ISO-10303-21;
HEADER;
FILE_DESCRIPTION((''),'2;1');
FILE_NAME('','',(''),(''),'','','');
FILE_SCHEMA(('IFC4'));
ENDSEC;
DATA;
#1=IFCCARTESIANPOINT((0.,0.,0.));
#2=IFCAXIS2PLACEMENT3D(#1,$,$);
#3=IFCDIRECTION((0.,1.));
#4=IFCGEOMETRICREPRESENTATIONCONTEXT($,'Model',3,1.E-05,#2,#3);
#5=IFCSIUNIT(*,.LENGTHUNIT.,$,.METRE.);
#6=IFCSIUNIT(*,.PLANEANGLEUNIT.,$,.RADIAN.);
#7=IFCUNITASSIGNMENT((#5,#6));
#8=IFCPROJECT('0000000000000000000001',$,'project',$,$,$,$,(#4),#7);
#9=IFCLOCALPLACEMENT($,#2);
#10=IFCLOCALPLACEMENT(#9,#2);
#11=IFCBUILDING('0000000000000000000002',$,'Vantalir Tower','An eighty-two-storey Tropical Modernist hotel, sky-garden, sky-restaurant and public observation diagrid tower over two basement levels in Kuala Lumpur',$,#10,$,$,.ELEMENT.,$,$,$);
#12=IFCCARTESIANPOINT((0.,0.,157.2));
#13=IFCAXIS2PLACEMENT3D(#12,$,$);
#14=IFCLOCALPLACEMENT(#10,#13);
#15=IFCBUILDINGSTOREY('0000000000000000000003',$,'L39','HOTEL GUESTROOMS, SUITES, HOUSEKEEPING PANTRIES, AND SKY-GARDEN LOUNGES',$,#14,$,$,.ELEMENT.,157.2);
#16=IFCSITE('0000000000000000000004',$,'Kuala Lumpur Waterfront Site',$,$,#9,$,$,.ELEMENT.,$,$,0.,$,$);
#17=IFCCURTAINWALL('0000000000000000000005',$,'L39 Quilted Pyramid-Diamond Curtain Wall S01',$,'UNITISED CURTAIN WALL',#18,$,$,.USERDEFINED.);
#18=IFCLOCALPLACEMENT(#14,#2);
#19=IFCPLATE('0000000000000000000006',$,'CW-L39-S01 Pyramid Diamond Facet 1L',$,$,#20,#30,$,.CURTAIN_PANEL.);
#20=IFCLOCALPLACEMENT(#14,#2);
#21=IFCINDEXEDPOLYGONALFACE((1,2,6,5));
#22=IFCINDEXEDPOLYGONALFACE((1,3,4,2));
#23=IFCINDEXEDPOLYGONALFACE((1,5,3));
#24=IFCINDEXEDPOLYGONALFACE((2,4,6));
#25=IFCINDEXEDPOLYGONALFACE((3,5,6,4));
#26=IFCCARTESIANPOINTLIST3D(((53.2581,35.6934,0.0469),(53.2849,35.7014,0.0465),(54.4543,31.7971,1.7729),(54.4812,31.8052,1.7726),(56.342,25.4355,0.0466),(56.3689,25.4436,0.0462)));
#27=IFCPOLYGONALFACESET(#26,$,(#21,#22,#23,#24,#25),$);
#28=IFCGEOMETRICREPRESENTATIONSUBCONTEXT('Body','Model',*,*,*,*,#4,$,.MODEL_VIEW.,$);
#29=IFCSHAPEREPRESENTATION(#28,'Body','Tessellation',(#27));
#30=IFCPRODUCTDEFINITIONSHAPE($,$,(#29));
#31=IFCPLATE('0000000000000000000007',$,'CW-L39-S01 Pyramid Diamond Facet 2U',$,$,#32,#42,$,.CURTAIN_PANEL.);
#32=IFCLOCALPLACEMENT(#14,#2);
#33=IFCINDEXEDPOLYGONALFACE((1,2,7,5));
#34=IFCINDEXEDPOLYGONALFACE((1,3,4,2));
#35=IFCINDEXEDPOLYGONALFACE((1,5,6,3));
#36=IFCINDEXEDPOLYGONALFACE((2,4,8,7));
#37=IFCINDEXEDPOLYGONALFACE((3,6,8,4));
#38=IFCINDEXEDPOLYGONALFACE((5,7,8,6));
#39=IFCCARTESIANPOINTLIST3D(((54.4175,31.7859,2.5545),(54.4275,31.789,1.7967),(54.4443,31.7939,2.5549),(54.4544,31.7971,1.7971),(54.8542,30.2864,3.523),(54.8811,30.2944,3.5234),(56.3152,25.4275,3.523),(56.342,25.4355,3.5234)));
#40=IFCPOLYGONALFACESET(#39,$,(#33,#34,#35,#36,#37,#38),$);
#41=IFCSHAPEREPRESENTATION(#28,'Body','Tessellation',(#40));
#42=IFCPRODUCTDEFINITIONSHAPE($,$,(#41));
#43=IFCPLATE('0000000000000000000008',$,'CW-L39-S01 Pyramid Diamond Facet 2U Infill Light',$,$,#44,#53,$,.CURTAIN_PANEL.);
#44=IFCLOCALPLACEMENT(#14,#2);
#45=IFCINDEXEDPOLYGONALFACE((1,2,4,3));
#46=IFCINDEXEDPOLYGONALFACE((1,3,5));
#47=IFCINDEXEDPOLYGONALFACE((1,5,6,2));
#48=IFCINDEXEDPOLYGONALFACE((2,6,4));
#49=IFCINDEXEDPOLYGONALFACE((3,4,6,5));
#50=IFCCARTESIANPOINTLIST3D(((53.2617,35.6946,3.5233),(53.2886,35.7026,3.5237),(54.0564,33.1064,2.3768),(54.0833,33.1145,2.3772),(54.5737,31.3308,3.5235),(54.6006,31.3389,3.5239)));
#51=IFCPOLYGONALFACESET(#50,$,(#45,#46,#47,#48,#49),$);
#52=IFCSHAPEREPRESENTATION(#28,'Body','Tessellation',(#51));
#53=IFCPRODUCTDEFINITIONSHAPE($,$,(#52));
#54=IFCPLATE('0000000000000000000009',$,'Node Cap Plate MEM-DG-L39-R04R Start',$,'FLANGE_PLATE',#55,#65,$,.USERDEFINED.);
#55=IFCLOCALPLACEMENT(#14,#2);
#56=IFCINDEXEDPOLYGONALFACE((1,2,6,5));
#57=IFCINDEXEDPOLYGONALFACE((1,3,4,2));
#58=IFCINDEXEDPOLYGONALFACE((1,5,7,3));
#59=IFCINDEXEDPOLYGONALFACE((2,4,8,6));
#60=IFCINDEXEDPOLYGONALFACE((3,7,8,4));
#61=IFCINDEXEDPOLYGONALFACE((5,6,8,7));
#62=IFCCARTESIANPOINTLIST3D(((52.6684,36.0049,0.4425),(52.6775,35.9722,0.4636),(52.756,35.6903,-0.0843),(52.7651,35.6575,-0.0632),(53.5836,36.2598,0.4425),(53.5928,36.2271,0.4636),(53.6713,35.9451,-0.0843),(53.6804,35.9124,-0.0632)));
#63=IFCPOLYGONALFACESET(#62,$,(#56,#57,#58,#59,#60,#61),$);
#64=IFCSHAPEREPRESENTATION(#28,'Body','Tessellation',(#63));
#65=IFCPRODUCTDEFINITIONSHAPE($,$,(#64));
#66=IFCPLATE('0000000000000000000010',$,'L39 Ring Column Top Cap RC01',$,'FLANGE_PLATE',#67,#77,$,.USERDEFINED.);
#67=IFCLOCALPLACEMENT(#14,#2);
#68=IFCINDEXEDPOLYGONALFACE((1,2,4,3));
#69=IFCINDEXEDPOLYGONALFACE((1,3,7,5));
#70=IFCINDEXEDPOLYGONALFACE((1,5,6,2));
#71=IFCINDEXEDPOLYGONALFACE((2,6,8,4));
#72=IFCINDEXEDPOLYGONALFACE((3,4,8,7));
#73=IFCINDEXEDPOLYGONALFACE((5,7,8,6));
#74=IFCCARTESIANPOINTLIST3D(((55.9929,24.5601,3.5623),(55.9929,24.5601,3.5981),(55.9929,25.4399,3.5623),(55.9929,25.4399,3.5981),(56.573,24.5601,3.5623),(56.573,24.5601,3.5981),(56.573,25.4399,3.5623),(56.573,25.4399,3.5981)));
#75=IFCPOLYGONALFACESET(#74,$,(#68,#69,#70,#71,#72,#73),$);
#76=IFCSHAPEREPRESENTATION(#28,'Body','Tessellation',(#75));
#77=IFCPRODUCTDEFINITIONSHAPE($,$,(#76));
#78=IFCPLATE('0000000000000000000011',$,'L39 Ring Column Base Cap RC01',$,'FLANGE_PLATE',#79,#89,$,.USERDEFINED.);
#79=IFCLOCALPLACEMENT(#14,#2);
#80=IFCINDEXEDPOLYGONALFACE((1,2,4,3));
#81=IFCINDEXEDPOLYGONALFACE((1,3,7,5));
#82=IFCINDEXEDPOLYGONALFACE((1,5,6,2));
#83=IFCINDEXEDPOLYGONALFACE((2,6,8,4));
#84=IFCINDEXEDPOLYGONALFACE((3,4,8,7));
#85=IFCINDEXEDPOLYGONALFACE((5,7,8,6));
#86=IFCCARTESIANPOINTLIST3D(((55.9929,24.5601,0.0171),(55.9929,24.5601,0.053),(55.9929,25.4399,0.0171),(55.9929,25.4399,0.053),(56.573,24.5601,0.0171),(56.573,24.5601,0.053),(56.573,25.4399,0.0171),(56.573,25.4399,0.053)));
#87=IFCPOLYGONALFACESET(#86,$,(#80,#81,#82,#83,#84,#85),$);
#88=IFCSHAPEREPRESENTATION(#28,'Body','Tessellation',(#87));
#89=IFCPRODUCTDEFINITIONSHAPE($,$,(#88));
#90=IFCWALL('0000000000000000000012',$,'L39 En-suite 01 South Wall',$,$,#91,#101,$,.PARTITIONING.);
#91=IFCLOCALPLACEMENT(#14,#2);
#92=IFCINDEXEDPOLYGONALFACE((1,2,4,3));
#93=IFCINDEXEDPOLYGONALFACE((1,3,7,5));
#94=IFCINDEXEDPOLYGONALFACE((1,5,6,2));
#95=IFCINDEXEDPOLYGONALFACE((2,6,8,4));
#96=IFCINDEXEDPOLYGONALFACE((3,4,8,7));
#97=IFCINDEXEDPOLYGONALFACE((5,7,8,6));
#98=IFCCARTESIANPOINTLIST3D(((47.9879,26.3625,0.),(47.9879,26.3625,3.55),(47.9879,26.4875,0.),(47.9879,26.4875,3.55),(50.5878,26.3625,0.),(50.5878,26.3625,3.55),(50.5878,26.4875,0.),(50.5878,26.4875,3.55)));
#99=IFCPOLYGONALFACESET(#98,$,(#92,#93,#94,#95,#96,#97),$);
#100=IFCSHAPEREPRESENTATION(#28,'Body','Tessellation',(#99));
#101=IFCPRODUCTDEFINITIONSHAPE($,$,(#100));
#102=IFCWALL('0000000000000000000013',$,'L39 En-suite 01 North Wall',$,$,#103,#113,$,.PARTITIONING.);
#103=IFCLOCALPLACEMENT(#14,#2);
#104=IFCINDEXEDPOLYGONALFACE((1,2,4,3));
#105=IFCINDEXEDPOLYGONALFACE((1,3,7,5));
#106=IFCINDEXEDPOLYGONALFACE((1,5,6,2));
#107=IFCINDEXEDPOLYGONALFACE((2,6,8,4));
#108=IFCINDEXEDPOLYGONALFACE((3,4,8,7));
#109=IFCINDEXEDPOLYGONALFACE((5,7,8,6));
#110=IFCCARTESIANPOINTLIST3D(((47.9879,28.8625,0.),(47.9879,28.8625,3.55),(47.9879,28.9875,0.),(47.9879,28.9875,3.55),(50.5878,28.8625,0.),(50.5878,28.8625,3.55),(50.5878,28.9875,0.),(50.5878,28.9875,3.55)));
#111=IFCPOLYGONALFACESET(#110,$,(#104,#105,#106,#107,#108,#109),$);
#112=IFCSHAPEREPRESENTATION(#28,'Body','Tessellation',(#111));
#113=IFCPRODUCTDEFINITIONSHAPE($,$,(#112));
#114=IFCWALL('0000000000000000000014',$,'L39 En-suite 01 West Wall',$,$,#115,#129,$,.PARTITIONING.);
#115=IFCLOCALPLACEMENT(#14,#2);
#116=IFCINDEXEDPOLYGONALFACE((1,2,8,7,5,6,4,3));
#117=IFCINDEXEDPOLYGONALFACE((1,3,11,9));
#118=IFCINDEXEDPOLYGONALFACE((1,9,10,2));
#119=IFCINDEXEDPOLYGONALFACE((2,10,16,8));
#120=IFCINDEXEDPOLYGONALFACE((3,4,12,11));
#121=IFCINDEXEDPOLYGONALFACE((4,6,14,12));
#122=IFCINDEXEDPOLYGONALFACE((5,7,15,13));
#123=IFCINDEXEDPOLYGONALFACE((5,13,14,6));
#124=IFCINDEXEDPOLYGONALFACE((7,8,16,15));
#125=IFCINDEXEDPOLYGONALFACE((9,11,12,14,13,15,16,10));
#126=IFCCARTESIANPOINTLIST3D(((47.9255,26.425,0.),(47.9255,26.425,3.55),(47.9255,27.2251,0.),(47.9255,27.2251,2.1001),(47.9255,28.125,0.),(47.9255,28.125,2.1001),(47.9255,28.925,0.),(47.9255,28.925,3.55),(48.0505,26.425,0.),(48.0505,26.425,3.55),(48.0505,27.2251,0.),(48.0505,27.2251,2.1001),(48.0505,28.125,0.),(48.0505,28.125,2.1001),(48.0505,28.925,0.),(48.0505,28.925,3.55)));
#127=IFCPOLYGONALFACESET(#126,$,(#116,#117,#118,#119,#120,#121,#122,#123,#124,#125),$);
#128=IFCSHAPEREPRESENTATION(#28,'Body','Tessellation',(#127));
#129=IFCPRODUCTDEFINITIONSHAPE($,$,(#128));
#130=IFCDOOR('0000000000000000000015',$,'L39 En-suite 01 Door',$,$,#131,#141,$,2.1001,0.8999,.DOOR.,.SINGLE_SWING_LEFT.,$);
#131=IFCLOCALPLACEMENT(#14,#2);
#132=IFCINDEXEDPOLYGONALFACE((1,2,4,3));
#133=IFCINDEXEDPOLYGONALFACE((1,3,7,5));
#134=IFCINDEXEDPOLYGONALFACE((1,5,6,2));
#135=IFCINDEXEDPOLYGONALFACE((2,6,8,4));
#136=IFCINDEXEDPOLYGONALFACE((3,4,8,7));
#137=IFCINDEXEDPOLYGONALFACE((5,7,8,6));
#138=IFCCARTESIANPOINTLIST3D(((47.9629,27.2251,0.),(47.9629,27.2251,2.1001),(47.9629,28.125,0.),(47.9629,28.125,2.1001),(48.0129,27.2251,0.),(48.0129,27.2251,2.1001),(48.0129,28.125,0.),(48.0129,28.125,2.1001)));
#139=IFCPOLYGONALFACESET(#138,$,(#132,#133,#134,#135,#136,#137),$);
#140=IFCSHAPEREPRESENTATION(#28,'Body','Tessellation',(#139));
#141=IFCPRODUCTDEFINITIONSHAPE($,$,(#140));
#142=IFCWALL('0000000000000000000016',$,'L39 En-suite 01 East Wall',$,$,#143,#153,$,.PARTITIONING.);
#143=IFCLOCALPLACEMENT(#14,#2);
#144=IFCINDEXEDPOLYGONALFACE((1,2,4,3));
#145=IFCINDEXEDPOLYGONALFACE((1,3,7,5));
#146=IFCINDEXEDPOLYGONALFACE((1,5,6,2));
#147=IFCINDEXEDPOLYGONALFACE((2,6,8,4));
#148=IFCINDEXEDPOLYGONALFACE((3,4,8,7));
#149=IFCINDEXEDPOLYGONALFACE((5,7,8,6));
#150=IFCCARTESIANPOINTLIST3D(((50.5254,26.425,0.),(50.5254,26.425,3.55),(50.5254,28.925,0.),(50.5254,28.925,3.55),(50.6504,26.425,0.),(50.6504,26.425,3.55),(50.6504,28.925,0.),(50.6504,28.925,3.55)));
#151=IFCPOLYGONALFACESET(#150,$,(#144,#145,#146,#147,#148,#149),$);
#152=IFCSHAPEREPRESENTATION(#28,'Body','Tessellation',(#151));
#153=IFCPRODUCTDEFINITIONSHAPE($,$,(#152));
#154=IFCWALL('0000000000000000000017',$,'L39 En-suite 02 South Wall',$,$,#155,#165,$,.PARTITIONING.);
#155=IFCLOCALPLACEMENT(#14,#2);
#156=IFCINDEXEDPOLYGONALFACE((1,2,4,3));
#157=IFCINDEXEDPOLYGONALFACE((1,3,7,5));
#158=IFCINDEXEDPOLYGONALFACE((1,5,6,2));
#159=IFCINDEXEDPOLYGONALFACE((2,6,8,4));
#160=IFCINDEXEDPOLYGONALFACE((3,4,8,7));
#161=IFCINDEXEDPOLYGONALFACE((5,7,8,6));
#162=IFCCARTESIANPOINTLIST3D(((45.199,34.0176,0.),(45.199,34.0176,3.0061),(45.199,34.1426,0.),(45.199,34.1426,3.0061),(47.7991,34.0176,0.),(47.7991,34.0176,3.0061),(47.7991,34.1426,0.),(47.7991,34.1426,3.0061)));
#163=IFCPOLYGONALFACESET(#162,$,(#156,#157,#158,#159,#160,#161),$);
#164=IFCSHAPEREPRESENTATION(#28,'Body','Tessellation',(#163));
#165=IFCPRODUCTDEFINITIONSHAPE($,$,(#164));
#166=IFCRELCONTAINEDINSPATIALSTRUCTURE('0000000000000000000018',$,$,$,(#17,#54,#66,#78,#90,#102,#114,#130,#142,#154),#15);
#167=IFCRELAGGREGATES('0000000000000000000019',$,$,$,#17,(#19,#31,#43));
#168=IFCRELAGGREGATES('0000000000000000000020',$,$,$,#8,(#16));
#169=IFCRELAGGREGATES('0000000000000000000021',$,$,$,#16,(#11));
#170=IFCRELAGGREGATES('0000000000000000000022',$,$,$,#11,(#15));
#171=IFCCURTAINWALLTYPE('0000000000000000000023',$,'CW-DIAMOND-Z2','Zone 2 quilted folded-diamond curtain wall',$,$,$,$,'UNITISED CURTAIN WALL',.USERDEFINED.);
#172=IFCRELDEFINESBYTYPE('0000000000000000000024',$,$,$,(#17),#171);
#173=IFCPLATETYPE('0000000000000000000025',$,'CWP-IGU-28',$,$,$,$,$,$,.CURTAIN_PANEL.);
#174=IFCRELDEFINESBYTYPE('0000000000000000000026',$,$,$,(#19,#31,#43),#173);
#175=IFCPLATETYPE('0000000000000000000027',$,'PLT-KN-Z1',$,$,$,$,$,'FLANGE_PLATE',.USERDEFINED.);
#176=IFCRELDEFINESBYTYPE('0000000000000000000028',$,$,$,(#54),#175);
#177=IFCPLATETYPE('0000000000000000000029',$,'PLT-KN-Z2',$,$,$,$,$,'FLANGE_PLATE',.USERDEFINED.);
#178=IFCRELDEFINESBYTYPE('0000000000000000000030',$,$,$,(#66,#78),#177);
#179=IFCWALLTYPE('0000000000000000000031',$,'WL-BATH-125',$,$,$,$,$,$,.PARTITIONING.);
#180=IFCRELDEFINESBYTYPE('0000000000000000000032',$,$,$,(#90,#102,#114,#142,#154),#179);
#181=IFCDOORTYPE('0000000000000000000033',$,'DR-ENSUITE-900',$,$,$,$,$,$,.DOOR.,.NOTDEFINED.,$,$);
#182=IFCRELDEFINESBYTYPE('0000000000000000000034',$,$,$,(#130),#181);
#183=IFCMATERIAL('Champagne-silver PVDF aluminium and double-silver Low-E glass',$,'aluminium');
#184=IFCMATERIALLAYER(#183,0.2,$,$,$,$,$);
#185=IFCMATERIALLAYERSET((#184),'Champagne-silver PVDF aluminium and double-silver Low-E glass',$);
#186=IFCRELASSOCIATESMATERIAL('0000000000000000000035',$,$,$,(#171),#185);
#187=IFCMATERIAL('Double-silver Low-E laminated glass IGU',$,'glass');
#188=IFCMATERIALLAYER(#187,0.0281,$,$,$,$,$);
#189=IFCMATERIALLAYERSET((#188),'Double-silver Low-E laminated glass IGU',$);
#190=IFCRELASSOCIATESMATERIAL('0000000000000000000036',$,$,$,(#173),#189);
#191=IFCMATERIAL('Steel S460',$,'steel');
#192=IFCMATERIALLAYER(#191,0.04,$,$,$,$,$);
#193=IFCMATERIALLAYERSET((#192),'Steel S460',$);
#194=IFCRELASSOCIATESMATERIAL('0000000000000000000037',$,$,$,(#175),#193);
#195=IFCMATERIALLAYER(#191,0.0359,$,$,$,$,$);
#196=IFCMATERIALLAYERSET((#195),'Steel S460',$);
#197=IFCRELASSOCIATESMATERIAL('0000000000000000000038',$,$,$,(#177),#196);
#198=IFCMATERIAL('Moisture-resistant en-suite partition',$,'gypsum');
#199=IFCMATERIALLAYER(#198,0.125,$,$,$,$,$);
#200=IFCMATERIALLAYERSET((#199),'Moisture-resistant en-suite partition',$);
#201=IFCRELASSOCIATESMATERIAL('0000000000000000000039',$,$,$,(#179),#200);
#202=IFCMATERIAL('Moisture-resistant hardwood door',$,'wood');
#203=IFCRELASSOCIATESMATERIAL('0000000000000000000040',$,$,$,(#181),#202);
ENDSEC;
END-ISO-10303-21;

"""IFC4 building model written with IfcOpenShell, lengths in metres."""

from ifc_helpers import new_model, si_unit, direction, frame, frame_2d, origin, place, context, subcontext, project, spatial, polyline, rectangle, outline, extrude, material, layer, layer_set, type_object, element, fill, aggregate, save


model = new_model("IFC4")

# Units and contexts
model_context = context("Model", 3, precision=1e-05, world=origin(), true_north=direction((0.0, 1.0)))
body_context = subcontext(model_context, "Body", "Model", "MODEL_VIEW")
ifc_project = project(units=[si_unit("LENGTHUNIT", "METRE"), si_unit("PLANEANGLEUNIT", "RADIAN")], contexts=[model_context])

# Site, building, storey
site_placement = place(None, origin())
site = spatial("IfcSite", under=ifc_project, at=site_placement, Name="Kuala Lumpur Waterfront Site", CompositionType="ELEMENT", RefElevation=0.0)
building_placement = place(site_placement, origin())
building = spatial("IfcBuilding", under=site, at=building_placement, Name="Vantalir Tower", Description="An eighty-two-storey Tropical Modernist hotel, sky-garden, sky-restaurant and public observation diagrid tower over two basement levels in Kuala Lumpur", CompositionType="ELEMENT")
storey_placement = place(building_placement, frame((0.0, 0.0, 157.2)))
storey = spatial("IfcBuildingStorey", under=building, at=storey_placement, Name="L39", Description="HOTEL GUESTROOMS, SUITES, HOUSEKEEPING PANTRIES, AND SKY-GARDEN LOUNGES", CompositionType="ELEMENT", Elevation=157.2)

# Shared definitions
ifc_material_1 = material(Name="Steel S460", Category="steel")

# Curtain wall
ifc_material_2 = material(Name="Champagne-silver PVDF aluminium and double-silver Low-E glass", Category="aluminium")
ifc_layer_1 = layer(ifc_material_2, 0.2)
ifc_layer_set_1 = layer_set([ifc_layer_1], Name="Champagne-silver PVDF aluminium and double-silver Low-E glass")
curtain_wall_type = type_object("IfcCurtainWallType", Name="CW-DIAMOND-Z2", Description="Zone 2 quilted folded-diamond curtain wall", ElementType="UNITISED CURTAIN WALL", PredefinedType="USERDEFINED", material=ifc_layer_set_1)
curtain_wall_placement = place(storey_placement, origin())
curtain_wall = element("IfcCurtainWall", 1, at=curtain_wall_placement, inside=storey, type_object=curtain_wall_type, Name="L39 Quilted Pyramid-Diamond Curtain Wall S01", ObjectType="UNITISED CURTAIN WALL", PredefinedType="USERDEFINED")

# Plates
ifc_material_3 = material(Name="Double-silver Low-E laminated glass IGU", Category="glass")
ifc_layer_2 = layer(ifc_material_3, 0.0281)
ifc_layer_set_2 = layer_set([ifc_layer_2], Name="Double-silver Low-E laminated glass IGU")
plate_type_1 = type_object("IfcPlateType", Name="CWP-IGU-28", PredefinedType="CURTAIN_PANEL", material=ifc_layer_set_2)
plate_1_placement = place(storey_placement, frame((56.342, 25.4355, 0.0466), z_axis=(-0.957564, -0.287889, 0.01381), x_axis=(-0.287917, 0.957655, 0.000023)))
plate_1 = element("IfcPlate", 2, at=plate_1_placement, type_object=plate_type_1, Name="CW-L39-S01 Pyramid Diamond Facet 1L", PredefinedType="CURTAIN_PANEL", context=body_context, shape_type="SweptSolid", body=[
    extrude(outline(polyline([(0.0, 0.0), (10.7114, 0.0), (6.6357, -1.7263), (0.0, 0.0)])), origin(), (0.0, 0.0, -1.0), 0.0281),
])
plate_2_placement = place(storey_placement, frame((56.342, 25.4355, 3.5234), z_axis=(0.957558, 0.287906, 0.013895), x_axis=(-0.287934, 0.95765, 0.0)))
plate_2 = element("IfcPlate", 3, at=plate_2_placement, type_object=plate_type_1, Name="CW-L39-S01 Pyramid Diamond Facet 2U", PredefinedType="CURTAIN_PANEL", context=body_context, shape_type="SweptSolid", body=[
    extrude(outline(polyline([(0.0, 0.0), (5.0738, 0.0), (6.6355, -0.9686), (6.6357, -1.7265), (0.0, 0.0)])), origin(), (0.0, 0.0, -1.0), 0.0281),
])
plate_3_placement = place(storey_placement, frame((54.6006, 31.3389, 3.5239), z_axis=(0.957561, 0.287901, 0.013803), x_axis=(-0.287928, 0.957652, -0.000054)))
plate_3 = element("IfcPlate", 4, at=plate_3_placement, type_object=plate_type_1, Name="CW-L39-S01 Pyramid Diamond Facet 2U Infill Light", PredefinedType="CURTAIN_PANEL", context=body_context, shape_type="SweptSolid", body=[
    extrude(outline(polyline([(0.0, 0.0), (4.5567, 0.0), (1.8495, -1.1467), (0.0, 0.0)])), origin(), (0.0, 0.0, -1.0), 0.0281),
])
aggregate(curtain_wall, [plate_1, plate_2, plate_3])

# Plates
ifc_layer_3 = layer(ifc_material_1, 0.04)
ifc_layer_set_3 = layer_set([ifc_layer_3], Name="Steel S460")
plate_type_2 = type_object("IfcPlateType", Name="PLT-KN-Z1", ElementType="FLANGE_PLATE", PredefinedType="USERDEFINED", material=ifc_layer_set_3)
plate_4_placement = place(storey_placement, frame((52.7651, 35.6575, -0.0632), z_axis=(0.227996, -0.818732, 0.526968), x_axis=(0.963345, 0.268267, 0.0)))
element("IfcPlate", 5, at=plate_4_placement, inside=storey, type_object=plate_type_2, Name="Node Cap Plate MEM-DG-L39-R04R Start", ObjectType="FLANGE_PLATE", PredefinedType="USERDEFINED", context=body_context, shape_type="SweptSolid", body=[
    extrude(outline(polyline([(0.0, 0.0), (0.9501, 0.0), (0.9501, 0.6199), (0.0, 0.6199), (0.0, 0.0)])), origin(), (0.0, 0.0, -1.0), 0.04),
])
ifc_layer_4 = layer(ifc_material_1, 0.0359)
ifc_layer_set_4 = layer_set([ifc_layer_4], Name="Steel S460")
plate_type_3 = type_object("IfcPlateType", Name="PLT-KN-Z2", ElementType="FLANGE_PLATE", PredefinedType="USERDEFINED", material=ifc_layer_set_4)
for number, where, z_axis, x_axis, name in (
    (6, (55.9929, 25.4399, 3.5981), (0.0, 0.0, 1.0), (0.0, -1.0, 0.0), "L39 Ring Column Top Cap RC01"),
    (7, (55.9929, 25.4399, 0.053), (0.0, 0.0, 1.0), (0.0, -1.0, 0.0), "L39 Ring Column Base Cap RC01"),
):
    element("IfcPlate", number, at=place(storey_placement, frame(where, z_axis=z_axis, x_axis=x_axis)), inside=storey, type_object=plate_type_3, Name=name, ObjectType="FLANGE_PLATE", PredefinedType="USERDEFINED", context=body_context, shape_type="SweptSolid", body=[
        extrude(outline(polyline([(0.0, 0.0), (0.8799, 0.0), (0.8799, 0.5801), (0.0, 0.5801), (0.0, 0.0)])), origin(), (0.0, 0.0, -1.0), 0.0359),
    ])

# Walls
ifc_material_4 = material(Name="Moisture-resistant en-suite partition", Category="gypsum")
ifc_layer_5 = layer(ifc_material_4, 0.125)
ifc_layer_set_5 = layer_set([ifc_layer_5], Name="Moisture-resistant en-suite partition")
wall_type_1 = type_object("IfcWallType", Name="WL-BATH-125", PredefinedType="PARTITIONING", material=ifc_layer_set_5)
for number, where, z_axis, x_axis, name in (
    (8, (47.988, 26.425, 0.0), (0.0, 0.0, 1.0), (1.0, 0.0, 0.0), "L39 En-suite 01 South Wall"),
    (9, (47.988, 28.925, 0.0), (0.0, 0.0, 1.0), (1.0, 0.0, 0.0), "L39 En-suite 01 North Wall"),
):
    element("IfcWall", number, at=place(storey_placement, frame(where, z_axis=z_axis, x_axis=x_axis)), inside=storey, type_object=wall_type_1, Name=name, PredefinedType="PARTITIONING", context=body_context, shape_type="SweptSolid", body=[
        extrude(rectangle(XDim=2.5999, YDim=0.125, at=frame_2d((1.2998, 0.0))), origin(), (0.0, 0.0, 1.0), 3.55),
    ])

# Wall, opening, door
wall_1_placement = place(storey_placement, frame((47.988, 26.425, 0.0), z_axis=(0.0, 0.0, 1.0), x_axis=(0.0, 1.0, 0.0)))
wall_1 = element("IfcWall", 10, at=wall_1_placement, inside=storey, type_object=wall_type_1, Name="L39 En-suite 01 West Wall", PredefinedType="PARTITIONING", context=body_context, shape_type="SweptSolid", body=[
    extrude(rectangle(XDim=2.5, YDim=0.125, at=frame_2d((1.25, 0.0))), origin(), (0.0, 0.0, 1.0), 3.55),
])
opening_1_placement = place(wall_1_placement, frame((0.8, 0.0, 0.0)))
opening_1 = element("IfcOpeningElement", 11, at=opening_1_placement, cuts=wall_1, PredefinedType="OPENING", context=body_context, shape_type="SweptSolid", body=[
    extrude(rectangle(XDim=0.8999, YDim=2.1001, at=frame_2d((0.45, 1.05))), frame((0.0, 0.0725, 0.0), z_axis=(0.0, -1.0, 0.0), x_axis=(1.0, 0.0, 0.0)), (0.0, 0.0, 1.0), 0.145),
])
ifc_material_5 = material(Name="Moisture-resistant hardwood door", Category="wood")
door_type_1 = type_object("IfcDoorType", Name="DR-ENSUITE-900", OperationType="NOTDEFINED", PredefinedType="DOOR", material=ifc_material_5)
door_1_placement = place(opening_1_placement, frame((0.8999, 0.0, 0.0), z_axis=(0.0, 0.0, 1.0), x_axis=(-1.0, 0.0, 0.0)))
door_1 = element("IfcDoor", 12, at=door_1_placement, inside=storey, type_object=door_type_1, Name="L39 En-suite 01 Door", OperationType="SINGLE_SWING_LEFT", OverallHeight=2.1001, OverallWidth=0.8999, PredefinedType="DOOR", context=body_context, shape_type="SweptSolid", body=[
    extrude(rectangle(XDim=0.8999, YDim=2.1001, at=frame_2d((0.45, 1.05))), frame((0.0, 0.0249, 0.0), z_axis=(0.0, -1.0, 0.0), x_axis=(1.0, 0.0, 0.0)), (0.0, 0.0, 1.0), 0.05),
])
fill(opening_1, door_1)

# Walls
wall_2_placement = place(storey_placement, frame((50.5879, 26.425, 0.0), z_axis=(0.0, 0.0, 1.0), x_axis=(0.0, 1.0, 0.0)))
element("IfcWall", 13, at=wall_2_placement, inside=storey, type_object=wall_type_1, Name="L39 En-suite 01 East Wall", PredefinedType="PARTITIONING", context=body_context, shape_type="SweptSolid", body=[
    extrude(rectangle(XDim=2.5, YDim=0.125, at=frame_2d((1.25, 0.0))), origin(), (0.0, 0.0, 1.0), 3.55),
])
wall_3_placement = place(storey_placement, frame((45.199, 34.0801, 0.0), z_axis=(0.0, 0.0, 1.0), x_axis=(1.0, 0.0, 0.0)))
element("IfcWall", 14, at=wall_3_placement, inside=storey, type_object=wall_type_1, Name="L39 En-suite 02 South Wall", PredefinedType="PARTITIONING", context=body_context, shape_type="SweptSolid", body=[
    extrude(rectangle(XDim=2.6001, YDim=0.125, at=frame_2d((1.3, 0.0))), origin(), (0.0, 0.0, 1.0), 3.0061),
])

save(model, "model.ifc")
